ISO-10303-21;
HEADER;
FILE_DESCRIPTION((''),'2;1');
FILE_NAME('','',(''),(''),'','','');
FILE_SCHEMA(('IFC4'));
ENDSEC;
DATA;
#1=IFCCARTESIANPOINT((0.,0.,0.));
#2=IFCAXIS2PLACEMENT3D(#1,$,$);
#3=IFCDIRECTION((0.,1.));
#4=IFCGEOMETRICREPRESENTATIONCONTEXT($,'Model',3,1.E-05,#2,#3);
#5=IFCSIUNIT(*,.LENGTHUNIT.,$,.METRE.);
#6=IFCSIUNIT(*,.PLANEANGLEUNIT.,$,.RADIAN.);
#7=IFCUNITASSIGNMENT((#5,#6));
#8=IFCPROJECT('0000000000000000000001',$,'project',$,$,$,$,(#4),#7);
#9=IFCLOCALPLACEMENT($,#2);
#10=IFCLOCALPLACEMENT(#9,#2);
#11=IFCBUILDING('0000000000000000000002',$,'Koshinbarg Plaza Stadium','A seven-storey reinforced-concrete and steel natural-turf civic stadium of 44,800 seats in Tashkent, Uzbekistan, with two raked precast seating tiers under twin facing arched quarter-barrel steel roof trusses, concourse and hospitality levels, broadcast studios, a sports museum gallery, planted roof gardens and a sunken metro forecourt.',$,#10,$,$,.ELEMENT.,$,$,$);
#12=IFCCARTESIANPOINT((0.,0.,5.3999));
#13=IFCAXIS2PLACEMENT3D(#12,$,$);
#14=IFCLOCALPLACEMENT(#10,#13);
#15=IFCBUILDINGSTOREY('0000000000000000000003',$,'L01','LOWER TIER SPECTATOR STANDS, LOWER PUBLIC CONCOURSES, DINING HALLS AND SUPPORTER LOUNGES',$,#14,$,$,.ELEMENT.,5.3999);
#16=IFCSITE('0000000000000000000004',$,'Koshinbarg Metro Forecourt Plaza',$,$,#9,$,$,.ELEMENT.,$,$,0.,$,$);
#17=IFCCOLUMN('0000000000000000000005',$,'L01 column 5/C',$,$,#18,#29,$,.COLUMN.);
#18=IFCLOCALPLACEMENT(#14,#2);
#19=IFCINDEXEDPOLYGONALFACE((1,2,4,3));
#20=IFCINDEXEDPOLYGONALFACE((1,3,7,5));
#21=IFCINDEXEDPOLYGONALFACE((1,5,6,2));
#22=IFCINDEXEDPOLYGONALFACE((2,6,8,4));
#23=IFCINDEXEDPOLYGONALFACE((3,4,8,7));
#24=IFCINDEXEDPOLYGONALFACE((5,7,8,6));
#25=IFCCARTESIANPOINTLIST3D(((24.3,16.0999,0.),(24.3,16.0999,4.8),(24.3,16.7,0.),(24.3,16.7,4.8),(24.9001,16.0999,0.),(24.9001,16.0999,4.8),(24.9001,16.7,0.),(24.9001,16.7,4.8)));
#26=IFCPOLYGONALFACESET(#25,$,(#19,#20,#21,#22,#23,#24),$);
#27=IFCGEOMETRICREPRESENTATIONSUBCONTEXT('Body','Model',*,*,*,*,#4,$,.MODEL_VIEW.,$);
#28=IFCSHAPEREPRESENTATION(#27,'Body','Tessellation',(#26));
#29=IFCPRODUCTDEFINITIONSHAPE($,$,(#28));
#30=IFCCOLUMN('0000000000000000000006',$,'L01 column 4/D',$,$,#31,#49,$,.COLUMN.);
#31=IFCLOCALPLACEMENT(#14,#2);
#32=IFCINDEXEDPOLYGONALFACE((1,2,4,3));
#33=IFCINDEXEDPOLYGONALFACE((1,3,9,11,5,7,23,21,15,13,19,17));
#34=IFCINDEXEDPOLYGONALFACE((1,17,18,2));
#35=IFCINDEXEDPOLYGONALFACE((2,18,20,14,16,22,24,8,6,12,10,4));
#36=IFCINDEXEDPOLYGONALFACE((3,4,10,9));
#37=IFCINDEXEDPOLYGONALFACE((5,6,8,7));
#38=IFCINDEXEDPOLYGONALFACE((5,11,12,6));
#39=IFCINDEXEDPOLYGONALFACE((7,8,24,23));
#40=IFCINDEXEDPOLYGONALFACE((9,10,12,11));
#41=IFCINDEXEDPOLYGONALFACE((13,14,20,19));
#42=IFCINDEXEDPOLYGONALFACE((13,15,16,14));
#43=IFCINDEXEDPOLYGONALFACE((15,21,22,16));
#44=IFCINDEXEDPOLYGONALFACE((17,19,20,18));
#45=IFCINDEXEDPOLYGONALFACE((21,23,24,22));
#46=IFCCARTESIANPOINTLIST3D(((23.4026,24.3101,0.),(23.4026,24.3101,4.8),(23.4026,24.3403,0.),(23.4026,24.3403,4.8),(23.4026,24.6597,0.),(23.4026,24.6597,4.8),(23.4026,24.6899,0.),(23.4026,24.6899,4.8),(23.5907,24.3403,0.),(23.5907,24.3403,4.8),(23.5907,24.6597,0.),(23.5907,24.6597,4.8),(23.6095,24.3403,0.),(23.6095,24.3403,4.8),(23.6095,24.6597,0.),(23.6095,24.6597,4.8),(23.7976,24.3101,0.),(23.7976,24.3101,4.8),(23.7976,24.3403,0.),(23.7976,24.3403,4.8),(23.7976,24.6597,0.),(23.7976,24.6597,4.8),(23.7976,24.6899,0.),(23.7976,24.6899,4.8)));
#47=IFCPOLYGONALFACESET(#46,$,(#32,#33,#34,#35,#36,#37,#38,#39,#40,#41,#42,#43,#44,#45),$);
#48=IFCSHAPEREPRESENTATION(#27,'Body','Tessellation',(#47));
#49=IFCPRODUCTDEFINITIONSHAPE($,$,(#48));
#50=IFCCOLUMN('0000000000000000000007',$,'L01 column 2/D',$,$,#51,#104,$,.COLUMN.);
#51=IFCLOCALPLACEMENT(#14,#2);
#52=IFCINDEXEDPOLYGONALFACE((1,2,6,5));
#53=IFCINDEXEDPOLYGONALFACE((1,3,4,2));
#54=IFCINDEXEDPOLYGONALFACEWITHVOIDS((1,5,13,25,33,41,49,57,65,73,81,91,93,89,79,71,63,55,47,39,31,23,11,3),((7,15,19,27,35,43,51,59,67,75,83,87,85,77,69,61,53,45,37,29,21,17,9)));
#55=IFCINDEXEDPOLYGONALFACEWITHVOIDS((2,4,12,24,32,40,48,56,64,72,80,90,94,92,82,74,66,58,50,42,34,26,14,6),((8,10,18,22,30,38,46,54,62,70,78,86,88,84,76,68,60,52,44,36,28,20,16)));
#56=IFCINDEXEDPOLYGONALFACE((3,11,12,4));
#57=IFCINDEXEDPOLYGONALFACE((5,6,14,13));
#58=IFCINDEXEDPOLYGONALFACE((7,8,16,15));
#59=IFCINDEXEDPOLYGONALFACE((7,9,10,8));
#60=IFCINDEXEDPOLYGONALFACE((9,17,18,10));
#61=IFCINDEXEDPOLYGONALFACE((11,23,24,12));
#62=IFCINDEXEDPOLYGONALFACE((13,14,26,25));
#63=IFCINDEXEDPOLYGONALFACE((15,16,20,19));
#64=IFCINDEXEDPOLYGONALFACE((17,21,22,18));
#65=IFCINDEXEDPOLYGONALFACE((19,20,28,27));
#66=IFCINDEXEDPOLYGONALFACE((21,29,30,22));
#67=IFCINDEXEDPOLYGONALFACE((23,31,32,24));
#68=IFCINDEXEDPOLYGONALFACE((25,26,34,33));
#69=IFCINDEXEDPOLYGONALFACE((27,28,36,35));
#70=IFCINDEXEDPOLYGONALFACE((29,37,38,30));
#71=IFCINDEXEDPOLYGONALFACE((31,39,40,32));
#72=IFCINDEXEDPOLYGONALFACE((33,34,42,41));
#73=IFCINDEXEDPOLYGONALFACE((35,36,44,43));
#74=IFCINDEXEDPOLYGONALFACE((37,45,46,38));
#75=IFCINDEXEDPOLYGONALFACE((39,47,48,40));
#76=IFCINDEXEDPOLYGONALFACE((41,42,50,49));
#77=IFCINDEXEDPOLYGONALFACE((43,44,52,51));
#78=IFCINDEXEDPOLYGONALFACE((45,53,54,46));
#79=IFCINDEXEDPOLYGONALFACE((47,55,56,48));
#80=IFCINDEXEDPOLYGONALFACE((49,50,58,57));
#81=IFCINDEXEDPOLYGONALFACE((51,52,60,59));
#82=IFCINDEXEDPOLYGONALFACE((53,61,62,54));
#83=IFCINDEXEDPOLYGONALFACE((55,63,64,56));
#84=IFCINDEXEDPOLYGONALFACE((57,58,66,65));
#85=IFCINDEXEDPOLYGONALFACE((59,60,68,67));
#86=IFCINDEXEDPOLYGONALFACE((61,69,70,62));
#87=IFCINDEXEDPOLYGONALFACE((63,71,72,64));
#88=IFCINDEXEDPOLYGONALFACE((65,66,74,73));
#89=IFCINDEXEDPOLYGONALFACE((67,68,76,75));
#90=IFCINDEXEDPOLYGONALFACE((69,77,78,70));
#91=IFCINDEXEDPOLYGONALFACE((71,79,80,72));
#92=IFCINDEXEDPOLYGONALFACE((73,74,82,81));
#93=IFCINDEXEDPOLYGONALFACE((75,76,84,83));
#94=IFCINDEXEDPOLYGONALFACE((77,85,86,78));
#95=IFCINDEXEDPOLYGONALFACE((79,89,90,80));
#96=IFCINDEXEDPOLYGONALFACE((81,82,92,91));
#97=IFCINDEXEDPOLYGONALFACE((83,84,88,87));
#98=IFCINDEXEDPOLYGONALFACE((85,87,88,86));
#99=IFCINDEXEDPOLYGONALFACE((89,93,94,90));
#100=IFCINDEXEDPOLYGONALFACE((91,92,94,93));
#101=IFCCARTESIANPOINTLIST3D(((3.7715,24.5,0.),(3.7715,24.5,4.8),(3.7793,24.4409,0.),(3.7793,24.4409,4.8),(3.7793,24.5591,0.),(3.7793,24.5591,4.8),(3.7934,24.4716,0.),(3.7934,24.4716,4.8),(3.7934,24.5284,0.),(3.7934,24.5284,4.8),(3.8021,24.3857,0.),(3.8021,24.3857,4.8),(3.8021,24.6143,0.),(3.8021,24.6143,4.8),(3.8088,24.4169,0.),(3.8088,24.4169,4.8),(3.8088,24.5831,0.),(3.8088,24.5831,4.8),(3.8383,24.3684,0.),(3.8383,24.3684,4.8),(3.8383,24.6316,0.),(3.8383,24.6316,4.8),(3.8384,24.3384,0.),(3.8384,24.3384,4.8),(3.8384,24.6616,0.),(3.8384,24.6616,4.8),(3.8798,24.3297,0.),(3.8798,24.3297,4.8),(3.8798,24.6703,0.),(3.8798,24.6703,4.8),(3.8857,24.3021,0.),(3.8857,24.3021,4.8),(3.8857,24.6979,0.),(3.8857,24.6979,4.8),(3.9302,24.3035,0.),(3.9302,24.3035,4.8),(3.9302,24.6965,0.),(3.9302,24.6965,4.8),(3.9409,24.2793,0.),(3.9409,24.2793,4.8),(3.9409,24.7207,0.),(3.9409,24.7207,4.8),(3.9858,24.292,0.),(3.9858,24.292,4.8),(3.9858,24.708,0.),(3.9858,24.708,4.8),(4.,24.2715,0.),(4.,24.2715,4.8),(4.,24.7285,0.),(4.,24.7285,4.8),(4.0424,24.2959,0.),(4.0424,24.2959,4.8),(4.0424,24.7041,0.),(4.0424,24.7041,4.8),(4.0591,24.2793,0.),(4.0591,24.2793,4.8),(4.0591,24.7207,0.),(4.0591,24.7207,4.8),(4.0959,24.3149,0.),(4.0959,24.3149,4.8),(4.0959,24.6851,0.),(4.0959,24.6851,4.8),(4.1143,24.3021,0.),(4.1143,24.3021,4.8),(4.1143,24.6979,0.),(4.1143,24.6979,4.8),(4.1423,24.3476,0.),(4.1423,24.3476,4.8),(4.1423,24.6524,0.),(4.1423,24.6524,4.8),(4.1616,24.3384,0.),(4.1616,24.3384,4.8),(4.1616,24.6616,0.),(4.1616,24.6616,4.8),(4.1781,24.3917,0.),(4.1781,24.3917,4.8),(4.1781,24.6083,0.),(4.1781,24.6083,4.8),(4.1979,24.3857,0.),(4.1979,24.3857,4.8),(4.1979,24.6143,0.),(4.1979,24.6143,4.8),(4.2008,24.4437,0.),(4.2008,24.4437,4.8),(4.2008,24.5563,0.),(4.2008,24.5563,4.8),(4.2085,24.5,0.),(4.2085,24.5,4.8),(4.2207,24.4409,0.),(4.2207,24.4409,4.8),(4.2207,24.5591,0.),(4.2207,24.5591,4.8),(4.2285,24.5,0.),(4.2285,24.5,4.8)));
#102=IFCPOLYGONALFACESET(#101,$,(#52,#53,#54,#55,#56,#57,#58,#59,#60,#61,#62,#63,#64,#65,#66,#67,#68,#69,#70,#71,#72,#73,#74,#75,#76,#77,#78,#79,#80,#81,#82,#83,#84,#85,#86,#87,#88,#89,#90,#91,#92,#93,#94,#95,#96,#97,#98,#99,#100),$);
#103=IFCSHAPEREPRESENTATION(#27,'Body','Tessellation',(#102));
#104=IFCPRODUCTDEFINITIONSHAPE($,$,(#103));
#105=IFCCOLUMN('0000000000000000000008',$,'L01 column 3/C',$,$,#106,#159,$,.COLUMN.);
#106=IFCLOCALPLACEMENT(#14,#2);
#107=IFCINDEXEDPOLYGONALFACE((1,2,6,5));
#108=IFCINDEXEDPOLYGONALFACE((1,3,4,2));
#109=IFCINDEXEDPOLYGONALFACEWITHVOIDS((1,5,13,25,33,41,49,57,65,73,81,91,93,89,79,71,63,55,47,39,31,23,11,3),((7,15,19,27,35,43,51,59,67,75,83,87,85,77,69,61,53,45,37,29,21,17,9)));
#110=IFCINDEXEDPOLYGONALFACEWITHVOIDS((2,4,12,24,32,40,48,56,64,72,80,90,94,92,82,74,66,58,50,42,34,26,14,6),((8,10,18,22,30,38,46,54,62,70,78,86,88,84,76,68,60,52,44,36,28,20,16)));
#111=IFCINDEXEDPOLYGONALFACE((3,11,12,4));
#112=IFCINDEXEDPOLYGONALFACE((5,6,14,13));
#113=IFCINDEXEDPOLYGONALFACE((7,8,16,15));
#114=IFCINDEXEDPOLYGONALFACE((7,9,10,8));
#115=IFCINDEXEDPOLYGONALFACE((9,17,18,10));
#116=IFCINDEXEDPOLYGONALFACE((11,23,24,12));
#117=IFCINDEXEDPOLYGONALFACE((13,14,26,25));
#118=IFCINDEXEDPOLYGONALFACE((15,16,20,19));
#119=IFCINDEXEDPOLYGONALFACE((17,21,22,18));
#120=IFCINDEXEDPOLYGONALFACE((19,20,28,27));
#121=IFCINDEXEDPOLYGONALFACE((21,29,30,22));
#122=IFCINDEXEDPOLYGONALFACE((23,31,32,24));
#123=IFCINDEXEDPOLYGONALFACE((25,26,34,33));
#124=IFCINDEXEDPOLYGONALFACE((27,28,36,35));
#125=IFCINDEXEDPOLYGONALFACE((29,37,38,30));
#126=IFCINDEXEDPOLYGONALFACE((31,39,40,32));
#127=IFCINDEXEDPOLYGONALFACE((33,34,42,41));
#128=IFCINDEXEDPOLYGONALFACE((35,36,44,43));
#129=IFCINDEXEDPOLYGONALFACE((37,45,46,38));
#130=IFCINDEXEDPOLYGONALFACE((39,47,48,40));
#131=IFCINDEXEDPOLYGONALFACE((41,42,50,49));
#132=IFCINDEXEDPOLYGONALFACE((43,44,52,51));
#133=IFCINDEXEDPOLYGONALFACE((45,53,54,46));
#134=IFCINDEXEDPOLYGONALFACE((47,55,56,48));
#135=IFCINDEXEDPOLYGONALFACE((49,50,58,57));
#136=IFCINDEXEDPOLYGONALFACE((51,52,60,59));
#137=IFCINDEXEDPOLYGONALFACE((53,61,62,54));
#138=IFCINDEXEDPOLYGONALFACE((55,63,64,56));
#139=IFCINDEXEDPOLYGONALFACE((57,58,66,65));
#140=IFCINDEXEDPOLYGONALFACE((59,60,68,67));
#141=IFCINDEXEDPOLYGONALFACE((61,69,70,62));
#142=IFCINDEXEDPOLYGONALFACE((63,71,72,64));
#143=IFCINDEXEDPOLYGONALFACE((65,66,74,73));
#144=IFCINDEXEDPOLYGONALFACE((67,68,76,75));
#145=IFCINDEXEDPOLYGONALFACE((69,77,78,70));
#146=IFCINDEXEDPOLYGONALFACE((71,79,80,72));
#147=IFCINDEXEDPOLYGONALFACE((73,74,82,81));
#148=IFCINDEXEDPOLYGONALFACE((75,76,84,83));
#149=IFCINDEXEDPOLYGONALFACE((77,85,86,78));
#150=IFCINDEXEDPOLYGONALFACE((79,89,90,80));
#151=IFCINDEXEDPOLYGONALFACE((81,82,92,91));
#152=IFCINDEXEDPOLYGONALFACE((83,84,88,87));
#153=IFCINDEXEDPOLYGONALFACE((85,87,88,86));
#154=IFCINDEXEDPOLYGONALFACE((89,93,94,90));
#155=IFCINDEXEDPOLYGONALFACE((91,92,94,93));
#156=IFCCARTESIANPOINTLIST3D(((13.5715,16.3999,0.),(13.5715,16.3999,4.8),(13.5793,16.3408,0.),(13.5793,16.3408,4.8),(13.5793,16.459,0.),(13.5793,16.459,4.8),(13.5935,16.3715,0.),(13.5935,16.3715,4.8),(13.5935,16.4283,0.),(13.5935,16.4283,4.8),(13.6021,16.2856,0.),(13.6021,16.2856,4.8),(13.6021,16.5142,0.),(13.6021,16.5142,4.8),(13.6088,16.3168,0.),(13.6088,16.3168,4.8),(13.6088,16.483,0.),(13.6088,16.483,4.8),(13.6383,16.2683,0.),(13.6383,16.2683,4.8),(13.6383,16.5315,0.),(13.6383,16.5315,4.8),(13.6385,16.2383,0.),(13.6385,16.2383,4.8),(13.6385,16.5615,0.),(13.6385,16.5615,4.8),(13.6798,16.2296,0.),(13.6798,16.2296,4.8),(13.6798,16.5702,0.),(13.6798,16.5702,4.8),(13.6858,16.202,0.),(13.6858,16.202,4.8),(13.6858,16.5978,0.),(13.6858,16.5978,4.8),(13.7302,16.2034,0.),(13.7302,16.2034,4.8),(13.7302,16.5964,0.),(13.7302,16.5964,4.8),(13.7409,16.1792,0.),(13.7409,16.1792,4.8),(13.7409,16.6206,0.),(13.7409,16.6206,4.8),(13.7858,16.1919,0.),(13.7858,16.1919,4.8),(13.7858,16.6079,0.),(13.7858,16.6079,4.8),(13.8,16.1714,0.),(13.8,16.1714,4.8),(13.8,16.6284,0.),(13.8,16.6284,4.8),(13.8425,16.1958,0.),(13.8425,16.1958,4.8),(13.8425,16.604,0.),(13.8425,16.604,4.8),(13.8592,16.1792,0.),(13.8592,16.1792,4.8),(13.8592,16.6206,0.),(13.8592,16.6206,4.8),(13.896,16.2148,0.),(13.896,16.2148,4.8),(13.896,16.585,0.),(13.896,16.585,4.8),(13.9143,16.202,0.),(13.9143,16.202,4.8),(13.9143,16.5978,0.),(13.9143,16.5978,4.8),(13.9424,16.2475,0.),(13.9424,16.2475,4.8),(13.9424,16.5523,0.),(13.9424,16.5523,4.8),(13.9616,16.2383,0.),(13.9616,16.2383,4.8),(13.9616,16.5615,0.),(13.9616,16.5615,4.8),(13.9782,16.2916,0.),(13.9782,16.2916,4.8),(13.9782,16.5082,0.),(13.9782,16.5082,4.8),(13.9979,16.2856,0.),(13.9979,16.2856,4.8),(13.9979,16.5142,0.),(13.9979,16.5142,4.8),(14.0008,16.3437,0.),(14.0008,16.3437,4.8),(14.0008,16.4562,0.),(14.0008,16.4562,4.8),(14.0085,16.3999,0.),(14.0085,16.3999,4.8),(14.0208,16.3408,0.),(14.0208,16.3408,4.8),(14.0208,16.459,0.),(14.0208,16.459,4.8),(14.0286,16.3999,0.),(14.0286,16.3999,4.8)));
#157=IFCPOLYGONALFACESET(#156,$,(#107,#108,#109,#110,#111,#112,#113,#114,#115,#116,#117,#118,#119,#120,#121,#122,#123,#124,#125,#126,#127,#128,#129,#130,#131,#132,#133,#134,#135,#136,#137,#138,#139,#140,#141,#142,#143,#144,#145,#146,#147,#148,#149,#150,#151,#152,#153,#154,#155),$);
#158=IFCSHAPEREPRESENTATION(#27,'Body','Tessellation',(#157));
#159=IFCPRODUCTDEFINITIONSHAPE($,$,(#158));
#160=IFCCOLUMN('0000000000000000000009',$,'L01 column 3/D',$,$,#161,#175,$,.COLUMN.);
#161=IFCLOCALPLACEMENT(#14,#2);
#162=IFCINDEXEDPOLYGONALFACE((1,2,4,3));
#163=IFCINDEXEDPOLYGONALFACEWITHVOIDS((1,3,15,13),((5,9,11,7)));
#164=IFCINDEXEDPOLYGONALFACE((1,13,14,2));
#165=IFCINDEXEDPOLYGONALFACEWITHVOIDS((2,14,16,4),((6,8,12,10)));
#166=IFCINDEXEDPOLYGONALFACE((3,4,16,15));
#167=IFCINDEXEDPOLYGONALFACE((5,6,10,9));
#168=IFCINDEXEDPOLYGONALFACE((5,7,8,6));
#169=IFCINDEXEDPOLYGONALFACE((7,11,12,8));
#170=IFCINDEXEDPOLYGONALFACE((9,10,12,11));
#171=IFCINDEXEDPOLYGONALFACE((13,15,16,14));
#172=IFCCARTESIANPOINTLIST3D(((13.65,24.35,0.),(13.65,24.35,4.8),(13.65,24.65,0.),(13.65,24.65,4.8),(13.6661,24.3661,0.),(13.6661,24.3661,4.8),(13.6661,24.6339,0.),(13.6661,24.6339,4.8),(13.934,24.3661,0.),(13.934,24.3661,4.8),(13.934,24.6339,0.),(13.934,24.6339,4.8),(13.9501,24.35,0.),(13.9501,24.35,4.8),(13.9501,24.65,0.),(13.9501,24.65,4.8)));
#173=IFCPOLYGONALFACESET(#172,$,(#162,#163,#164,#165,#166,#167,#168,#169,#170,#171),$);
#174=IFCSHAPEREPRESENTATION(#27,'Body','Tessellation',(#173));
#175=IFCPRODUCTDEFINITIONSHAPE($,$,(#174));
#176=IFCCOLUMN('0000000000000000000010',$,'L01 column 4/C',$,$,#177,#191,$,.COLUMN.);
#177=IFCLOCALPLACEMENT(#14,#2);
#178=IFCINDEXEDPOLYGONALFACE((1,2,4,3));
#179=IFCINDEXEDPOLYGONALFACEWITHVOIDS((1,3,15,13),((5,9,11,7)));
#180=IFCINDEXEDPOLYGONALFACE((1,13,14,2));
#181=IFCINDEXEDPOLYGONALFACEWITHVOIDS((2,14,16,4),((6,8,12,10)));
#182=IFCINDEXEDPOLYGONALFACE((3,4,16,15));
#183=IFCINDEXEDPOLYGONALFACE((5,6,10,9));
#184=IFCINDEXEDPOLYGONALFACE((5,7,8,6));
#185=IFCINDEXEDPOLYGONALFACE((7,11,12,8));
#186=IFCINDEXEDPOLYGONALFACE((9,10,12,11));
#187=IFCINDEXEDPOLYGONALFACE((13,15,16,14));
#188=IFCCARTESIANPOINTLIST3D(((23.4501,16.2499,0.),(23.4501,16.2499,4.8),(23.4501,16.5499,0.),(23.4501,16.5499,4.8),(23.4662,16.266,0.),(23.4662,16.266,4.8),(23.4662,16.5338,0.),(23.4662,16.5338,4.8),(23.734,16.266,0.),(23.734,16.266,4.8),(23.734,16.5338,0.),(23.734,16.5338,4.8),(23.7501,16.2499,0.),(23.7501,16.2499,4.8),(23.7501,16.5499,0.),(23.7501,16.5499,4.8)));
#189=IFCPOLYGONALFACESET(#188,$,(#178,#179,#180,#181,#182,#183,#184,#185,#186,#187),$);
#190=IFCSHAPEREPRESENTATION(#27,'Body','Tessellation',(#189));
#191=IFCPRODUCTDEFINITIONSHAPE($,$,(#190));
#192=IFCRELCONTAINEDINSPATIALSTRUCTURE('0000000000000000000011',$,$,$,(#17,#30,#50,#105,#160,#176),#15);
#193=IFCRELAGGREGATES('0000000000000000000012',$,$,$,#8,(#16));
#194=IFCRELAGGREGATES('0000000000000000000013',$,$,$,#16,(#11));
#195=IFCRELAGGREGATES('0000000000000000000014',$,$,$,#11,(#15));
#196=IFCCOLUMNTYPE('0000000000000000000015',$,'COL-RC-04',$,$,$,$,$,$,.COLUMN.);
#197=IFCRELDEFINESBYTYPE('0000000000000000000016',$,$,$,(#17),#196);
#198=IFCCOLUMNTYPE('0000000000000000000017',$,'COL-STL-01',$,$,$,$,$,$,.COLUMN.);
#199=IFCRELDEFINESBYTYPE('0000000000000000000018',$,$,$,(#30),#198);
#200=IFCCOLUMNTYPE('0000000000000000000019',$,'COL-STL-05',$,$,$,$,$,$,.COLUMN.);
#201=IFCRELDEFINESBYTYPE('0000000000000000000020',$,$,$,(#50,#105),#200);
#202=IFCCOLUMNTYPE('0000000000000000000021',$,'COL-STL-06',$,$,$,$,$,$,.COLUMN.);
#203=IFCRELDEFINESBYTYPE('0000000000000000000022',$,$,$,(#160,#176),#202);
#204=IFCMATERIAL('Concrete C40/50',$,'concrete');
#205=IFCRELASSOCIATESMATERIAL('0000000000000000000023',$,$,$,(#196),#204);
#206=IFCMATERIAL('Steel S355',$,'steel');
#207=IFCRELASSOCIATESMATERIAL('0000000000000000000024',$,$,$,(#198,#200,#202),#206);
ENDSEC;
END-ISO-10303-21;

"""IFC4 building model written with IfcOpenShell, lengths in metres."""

from ifc_helpers import new_model, si_unit, direction, frame, origin, origin_2d, place, context, subcontext, project, spatial, rectangle, hollow_rectangle, hollow_circle, i_section, extrude, material, material_profile, profile_set, type_object, element, save


model = new_model("IFC4")

# Units and contexts
model_context = context("Model", 3, precision=1e-05, world=origin(), true_north=direction((0.0, 1.0)))
body_context = subcontext(model_context, "Body", "Model", "MODEL_VIEW")
ifc_project = project(units=[si_unit("LENGTHUNIT", "METRE"), si_unit("PLANEANGLEUNIT", "RADIAN")], contexts=[model_context])

# Site, building, storey
site_placement = place(None, origin())
site = spatial("IfcSite", under=ifc_project, at=site_placement, Name="Koshinbarg Metro Forecourt Plaza", CompositionType="ELEMENT", RefElevation=0.0)
building_placement = place(site_placement, origin())
building = spatial("IfcBuilding", under=site, at=building_placement, Name="Koshinbarg Plaza Stadium", Description="A seven-storey reinforced-concrete and steel natural-turf civic stadium of 44,800 seats in Tashkent, Uzbekistan, with two raked precast seating tiers under twin facing arched quarter-barrel steel roof trusses, concourse and hospitality levels, broadcast studios, a sports museum gallery, planted roof gardens and a sunken metro forecourt.", CompositionType="ELEMENT")
storey_placement = place(building_placement, frame((0.0, 0.0, 5.3999)))
storey = spatial("IfcBuildingStorey", under=building, at=storey_placement, Name="L01", Description="LOWER TIER SPECTATOR STANDS, LOWER PUBLIC CONCOURSES, DINING HALLS AND SUPPORTER LOUNGES", CompositionType="ELEMENT", Elevation=5.3999)

# Columns
ifc_material_1 = material(Name="Concrete C40/50", Category="concrete")
ifc_material_profile_1 = material_profile(ifc_material_1, rectangle(XDim=0.6001, YDim=0.6001, at=origin_2d()), Name="RC 600x600")
ifc_profile_set_1 = profile_set([ifc_material_profile_1], Name="Concrete C40/50")
column_type_1 = type_object("IfcColumnType", Name="COL-RC-04", PredefinedType="COLUMN", material=ifc_profile_set_1)
column_1_placement = place(storey_placement, frame((24.6001, 16.3999, 0.0), z_axis=(0.0, 0.0, 1.0), x_axis=(1.0, 0.0, 0.0)))
element("IfcColumn", 1, at=column_1_placement, inside=storey, type_object=column_type_1, Name="L01 column 5/C", PredefinedType="COLUMN", context=body_context, shape_type="SweptSolid", body=[
    extrude(rectangle(XDim=0.6001, YDim=0.6001, at=origin_2d()), origin(), (0.0, 0.0, 1.0), 4.8),
])
ifc_material_2 = material(Name="Steel S355", Category="steel")
ifc_material_profile_2 = material_profile(ifc_material_2, i_section(OverallWidth=0.395, OverallDepth=0.3799, WebThickness=0.0188, FlangeThickness=0.0303, at=origin_2d()), Name="HD 400x237")
ifc_profile_set_2 = profile_set([ifc_material_profile_2], Name="Steel S355")
column_type_2 = type_object("IfcColumnType", Name="COL-STL-01", PredefinedType="COLUMN", material=ifc_profile_set_2)
column_2_placement = place(storey_placement, frame((23.6001, 24.5, 0.0), z_axis=(0.0, 0.0, 1.0), x_axis=(1.0, 0.0, 0.0)))
element("IfcColumn", 2, at=column_2_placement, inside=storey, type_object=column_type_2, Name="L01 column 4/D", PredefinedType="COLUMN", context=body_context, shape_type="SweptSolid", body=[
    extrude(i_section(OverallWidth=0.395, OverallDepth=0.3799, WebThickness=0.0188, FlangeThickness=0.0303, at=origin_2d()), origin(), (0.0, 0.0, 1.0), 4.8),
])
ifc_material_profile_3 = material_profile(ifc_material_2, hollow_circle(Radius=0.2285, WallThickness=0.02, at=origin_2d()), Name="CHS 457x20")
ifc_profile_set_3 = profile_set([ifc_material_profile_3], Name="Steel S355")
column_type_3 = type_object("IfcColumnType", Name="COL-STL-05", PredefinedType="COLUMN", material=ifc_profile_set_3)
for number, where, z_axis, x_axis, name in (
    (3, (4.0, 24.5, 0.0), (0.0, 0.0, 1.0), (1.0, 0.0, 0.0), "L01 column 2/D"),
    (4, (13.8, 16.3999, 0.0), (0.0, 0.0, 1.0), (1.0, 0.0, 0.0), "L01 column 3/C"),
):
    element("IfcColumn", number, at=place(storey_placement, frame(where, z_axis=z_axis, x_axis=x_axis)), inside=storey, type_object=column_type_3, Name=name, PredefinedType="COLUMN", context=body_context, shape_type="SweptSolid", body=[
        extrude(hollow_circle(Radius=0.2285, WallThickness=0.02, at=origin_2d()), origin(), (0.0, 0.0, 1.0), 4.8),
    ])
ifc_material_profile_4 = material_profile(ifc_material_2, hollow_rectangle(XDim=0.3, YDim=0.3, WallThickness=0.0161, at=origin_2d()), Name="SHS 300x300x16")
ifc_profile_set_4 = profile_set([ifc_material_profile_4], Name="Steel S355")
column_type_4 = type_object("IfcColumnType", Name="COL-STL-06", PredefinedType="COLUMN", material=ifc_profile_set_4)
for number, where, z_axis, x_axis, name in (
    (5, (13.8, 24.5, 0.0), (0.0, 0.0, 1.0), (1.0, 0.0, 0.0), "L01 column 3/D"),
    (6, (23.6001, 16.3999, 0.0), (0.0, 0.0, 1.0), (1.0, 0.0, 0.0), "L01 column 4/C"),
):
    element("IfcColumn", number, at=place(storey_placement, frame(where, z_axis=z_axis, x_axis=x_axis)), inside=storey, type_object=column_type_4, Name=name, PredefinedType="COLUMN", context=body_context, shape_type="SweptSolid", body=[
        extrude(hollow_rectangle(XDim=0.3, YDim=0.3, WallThickness=0.0161, at=origin_2d()), origin(), (0.0, 0.0, 1.0), 4.8),
    ])

save(model, "model.ifc")
